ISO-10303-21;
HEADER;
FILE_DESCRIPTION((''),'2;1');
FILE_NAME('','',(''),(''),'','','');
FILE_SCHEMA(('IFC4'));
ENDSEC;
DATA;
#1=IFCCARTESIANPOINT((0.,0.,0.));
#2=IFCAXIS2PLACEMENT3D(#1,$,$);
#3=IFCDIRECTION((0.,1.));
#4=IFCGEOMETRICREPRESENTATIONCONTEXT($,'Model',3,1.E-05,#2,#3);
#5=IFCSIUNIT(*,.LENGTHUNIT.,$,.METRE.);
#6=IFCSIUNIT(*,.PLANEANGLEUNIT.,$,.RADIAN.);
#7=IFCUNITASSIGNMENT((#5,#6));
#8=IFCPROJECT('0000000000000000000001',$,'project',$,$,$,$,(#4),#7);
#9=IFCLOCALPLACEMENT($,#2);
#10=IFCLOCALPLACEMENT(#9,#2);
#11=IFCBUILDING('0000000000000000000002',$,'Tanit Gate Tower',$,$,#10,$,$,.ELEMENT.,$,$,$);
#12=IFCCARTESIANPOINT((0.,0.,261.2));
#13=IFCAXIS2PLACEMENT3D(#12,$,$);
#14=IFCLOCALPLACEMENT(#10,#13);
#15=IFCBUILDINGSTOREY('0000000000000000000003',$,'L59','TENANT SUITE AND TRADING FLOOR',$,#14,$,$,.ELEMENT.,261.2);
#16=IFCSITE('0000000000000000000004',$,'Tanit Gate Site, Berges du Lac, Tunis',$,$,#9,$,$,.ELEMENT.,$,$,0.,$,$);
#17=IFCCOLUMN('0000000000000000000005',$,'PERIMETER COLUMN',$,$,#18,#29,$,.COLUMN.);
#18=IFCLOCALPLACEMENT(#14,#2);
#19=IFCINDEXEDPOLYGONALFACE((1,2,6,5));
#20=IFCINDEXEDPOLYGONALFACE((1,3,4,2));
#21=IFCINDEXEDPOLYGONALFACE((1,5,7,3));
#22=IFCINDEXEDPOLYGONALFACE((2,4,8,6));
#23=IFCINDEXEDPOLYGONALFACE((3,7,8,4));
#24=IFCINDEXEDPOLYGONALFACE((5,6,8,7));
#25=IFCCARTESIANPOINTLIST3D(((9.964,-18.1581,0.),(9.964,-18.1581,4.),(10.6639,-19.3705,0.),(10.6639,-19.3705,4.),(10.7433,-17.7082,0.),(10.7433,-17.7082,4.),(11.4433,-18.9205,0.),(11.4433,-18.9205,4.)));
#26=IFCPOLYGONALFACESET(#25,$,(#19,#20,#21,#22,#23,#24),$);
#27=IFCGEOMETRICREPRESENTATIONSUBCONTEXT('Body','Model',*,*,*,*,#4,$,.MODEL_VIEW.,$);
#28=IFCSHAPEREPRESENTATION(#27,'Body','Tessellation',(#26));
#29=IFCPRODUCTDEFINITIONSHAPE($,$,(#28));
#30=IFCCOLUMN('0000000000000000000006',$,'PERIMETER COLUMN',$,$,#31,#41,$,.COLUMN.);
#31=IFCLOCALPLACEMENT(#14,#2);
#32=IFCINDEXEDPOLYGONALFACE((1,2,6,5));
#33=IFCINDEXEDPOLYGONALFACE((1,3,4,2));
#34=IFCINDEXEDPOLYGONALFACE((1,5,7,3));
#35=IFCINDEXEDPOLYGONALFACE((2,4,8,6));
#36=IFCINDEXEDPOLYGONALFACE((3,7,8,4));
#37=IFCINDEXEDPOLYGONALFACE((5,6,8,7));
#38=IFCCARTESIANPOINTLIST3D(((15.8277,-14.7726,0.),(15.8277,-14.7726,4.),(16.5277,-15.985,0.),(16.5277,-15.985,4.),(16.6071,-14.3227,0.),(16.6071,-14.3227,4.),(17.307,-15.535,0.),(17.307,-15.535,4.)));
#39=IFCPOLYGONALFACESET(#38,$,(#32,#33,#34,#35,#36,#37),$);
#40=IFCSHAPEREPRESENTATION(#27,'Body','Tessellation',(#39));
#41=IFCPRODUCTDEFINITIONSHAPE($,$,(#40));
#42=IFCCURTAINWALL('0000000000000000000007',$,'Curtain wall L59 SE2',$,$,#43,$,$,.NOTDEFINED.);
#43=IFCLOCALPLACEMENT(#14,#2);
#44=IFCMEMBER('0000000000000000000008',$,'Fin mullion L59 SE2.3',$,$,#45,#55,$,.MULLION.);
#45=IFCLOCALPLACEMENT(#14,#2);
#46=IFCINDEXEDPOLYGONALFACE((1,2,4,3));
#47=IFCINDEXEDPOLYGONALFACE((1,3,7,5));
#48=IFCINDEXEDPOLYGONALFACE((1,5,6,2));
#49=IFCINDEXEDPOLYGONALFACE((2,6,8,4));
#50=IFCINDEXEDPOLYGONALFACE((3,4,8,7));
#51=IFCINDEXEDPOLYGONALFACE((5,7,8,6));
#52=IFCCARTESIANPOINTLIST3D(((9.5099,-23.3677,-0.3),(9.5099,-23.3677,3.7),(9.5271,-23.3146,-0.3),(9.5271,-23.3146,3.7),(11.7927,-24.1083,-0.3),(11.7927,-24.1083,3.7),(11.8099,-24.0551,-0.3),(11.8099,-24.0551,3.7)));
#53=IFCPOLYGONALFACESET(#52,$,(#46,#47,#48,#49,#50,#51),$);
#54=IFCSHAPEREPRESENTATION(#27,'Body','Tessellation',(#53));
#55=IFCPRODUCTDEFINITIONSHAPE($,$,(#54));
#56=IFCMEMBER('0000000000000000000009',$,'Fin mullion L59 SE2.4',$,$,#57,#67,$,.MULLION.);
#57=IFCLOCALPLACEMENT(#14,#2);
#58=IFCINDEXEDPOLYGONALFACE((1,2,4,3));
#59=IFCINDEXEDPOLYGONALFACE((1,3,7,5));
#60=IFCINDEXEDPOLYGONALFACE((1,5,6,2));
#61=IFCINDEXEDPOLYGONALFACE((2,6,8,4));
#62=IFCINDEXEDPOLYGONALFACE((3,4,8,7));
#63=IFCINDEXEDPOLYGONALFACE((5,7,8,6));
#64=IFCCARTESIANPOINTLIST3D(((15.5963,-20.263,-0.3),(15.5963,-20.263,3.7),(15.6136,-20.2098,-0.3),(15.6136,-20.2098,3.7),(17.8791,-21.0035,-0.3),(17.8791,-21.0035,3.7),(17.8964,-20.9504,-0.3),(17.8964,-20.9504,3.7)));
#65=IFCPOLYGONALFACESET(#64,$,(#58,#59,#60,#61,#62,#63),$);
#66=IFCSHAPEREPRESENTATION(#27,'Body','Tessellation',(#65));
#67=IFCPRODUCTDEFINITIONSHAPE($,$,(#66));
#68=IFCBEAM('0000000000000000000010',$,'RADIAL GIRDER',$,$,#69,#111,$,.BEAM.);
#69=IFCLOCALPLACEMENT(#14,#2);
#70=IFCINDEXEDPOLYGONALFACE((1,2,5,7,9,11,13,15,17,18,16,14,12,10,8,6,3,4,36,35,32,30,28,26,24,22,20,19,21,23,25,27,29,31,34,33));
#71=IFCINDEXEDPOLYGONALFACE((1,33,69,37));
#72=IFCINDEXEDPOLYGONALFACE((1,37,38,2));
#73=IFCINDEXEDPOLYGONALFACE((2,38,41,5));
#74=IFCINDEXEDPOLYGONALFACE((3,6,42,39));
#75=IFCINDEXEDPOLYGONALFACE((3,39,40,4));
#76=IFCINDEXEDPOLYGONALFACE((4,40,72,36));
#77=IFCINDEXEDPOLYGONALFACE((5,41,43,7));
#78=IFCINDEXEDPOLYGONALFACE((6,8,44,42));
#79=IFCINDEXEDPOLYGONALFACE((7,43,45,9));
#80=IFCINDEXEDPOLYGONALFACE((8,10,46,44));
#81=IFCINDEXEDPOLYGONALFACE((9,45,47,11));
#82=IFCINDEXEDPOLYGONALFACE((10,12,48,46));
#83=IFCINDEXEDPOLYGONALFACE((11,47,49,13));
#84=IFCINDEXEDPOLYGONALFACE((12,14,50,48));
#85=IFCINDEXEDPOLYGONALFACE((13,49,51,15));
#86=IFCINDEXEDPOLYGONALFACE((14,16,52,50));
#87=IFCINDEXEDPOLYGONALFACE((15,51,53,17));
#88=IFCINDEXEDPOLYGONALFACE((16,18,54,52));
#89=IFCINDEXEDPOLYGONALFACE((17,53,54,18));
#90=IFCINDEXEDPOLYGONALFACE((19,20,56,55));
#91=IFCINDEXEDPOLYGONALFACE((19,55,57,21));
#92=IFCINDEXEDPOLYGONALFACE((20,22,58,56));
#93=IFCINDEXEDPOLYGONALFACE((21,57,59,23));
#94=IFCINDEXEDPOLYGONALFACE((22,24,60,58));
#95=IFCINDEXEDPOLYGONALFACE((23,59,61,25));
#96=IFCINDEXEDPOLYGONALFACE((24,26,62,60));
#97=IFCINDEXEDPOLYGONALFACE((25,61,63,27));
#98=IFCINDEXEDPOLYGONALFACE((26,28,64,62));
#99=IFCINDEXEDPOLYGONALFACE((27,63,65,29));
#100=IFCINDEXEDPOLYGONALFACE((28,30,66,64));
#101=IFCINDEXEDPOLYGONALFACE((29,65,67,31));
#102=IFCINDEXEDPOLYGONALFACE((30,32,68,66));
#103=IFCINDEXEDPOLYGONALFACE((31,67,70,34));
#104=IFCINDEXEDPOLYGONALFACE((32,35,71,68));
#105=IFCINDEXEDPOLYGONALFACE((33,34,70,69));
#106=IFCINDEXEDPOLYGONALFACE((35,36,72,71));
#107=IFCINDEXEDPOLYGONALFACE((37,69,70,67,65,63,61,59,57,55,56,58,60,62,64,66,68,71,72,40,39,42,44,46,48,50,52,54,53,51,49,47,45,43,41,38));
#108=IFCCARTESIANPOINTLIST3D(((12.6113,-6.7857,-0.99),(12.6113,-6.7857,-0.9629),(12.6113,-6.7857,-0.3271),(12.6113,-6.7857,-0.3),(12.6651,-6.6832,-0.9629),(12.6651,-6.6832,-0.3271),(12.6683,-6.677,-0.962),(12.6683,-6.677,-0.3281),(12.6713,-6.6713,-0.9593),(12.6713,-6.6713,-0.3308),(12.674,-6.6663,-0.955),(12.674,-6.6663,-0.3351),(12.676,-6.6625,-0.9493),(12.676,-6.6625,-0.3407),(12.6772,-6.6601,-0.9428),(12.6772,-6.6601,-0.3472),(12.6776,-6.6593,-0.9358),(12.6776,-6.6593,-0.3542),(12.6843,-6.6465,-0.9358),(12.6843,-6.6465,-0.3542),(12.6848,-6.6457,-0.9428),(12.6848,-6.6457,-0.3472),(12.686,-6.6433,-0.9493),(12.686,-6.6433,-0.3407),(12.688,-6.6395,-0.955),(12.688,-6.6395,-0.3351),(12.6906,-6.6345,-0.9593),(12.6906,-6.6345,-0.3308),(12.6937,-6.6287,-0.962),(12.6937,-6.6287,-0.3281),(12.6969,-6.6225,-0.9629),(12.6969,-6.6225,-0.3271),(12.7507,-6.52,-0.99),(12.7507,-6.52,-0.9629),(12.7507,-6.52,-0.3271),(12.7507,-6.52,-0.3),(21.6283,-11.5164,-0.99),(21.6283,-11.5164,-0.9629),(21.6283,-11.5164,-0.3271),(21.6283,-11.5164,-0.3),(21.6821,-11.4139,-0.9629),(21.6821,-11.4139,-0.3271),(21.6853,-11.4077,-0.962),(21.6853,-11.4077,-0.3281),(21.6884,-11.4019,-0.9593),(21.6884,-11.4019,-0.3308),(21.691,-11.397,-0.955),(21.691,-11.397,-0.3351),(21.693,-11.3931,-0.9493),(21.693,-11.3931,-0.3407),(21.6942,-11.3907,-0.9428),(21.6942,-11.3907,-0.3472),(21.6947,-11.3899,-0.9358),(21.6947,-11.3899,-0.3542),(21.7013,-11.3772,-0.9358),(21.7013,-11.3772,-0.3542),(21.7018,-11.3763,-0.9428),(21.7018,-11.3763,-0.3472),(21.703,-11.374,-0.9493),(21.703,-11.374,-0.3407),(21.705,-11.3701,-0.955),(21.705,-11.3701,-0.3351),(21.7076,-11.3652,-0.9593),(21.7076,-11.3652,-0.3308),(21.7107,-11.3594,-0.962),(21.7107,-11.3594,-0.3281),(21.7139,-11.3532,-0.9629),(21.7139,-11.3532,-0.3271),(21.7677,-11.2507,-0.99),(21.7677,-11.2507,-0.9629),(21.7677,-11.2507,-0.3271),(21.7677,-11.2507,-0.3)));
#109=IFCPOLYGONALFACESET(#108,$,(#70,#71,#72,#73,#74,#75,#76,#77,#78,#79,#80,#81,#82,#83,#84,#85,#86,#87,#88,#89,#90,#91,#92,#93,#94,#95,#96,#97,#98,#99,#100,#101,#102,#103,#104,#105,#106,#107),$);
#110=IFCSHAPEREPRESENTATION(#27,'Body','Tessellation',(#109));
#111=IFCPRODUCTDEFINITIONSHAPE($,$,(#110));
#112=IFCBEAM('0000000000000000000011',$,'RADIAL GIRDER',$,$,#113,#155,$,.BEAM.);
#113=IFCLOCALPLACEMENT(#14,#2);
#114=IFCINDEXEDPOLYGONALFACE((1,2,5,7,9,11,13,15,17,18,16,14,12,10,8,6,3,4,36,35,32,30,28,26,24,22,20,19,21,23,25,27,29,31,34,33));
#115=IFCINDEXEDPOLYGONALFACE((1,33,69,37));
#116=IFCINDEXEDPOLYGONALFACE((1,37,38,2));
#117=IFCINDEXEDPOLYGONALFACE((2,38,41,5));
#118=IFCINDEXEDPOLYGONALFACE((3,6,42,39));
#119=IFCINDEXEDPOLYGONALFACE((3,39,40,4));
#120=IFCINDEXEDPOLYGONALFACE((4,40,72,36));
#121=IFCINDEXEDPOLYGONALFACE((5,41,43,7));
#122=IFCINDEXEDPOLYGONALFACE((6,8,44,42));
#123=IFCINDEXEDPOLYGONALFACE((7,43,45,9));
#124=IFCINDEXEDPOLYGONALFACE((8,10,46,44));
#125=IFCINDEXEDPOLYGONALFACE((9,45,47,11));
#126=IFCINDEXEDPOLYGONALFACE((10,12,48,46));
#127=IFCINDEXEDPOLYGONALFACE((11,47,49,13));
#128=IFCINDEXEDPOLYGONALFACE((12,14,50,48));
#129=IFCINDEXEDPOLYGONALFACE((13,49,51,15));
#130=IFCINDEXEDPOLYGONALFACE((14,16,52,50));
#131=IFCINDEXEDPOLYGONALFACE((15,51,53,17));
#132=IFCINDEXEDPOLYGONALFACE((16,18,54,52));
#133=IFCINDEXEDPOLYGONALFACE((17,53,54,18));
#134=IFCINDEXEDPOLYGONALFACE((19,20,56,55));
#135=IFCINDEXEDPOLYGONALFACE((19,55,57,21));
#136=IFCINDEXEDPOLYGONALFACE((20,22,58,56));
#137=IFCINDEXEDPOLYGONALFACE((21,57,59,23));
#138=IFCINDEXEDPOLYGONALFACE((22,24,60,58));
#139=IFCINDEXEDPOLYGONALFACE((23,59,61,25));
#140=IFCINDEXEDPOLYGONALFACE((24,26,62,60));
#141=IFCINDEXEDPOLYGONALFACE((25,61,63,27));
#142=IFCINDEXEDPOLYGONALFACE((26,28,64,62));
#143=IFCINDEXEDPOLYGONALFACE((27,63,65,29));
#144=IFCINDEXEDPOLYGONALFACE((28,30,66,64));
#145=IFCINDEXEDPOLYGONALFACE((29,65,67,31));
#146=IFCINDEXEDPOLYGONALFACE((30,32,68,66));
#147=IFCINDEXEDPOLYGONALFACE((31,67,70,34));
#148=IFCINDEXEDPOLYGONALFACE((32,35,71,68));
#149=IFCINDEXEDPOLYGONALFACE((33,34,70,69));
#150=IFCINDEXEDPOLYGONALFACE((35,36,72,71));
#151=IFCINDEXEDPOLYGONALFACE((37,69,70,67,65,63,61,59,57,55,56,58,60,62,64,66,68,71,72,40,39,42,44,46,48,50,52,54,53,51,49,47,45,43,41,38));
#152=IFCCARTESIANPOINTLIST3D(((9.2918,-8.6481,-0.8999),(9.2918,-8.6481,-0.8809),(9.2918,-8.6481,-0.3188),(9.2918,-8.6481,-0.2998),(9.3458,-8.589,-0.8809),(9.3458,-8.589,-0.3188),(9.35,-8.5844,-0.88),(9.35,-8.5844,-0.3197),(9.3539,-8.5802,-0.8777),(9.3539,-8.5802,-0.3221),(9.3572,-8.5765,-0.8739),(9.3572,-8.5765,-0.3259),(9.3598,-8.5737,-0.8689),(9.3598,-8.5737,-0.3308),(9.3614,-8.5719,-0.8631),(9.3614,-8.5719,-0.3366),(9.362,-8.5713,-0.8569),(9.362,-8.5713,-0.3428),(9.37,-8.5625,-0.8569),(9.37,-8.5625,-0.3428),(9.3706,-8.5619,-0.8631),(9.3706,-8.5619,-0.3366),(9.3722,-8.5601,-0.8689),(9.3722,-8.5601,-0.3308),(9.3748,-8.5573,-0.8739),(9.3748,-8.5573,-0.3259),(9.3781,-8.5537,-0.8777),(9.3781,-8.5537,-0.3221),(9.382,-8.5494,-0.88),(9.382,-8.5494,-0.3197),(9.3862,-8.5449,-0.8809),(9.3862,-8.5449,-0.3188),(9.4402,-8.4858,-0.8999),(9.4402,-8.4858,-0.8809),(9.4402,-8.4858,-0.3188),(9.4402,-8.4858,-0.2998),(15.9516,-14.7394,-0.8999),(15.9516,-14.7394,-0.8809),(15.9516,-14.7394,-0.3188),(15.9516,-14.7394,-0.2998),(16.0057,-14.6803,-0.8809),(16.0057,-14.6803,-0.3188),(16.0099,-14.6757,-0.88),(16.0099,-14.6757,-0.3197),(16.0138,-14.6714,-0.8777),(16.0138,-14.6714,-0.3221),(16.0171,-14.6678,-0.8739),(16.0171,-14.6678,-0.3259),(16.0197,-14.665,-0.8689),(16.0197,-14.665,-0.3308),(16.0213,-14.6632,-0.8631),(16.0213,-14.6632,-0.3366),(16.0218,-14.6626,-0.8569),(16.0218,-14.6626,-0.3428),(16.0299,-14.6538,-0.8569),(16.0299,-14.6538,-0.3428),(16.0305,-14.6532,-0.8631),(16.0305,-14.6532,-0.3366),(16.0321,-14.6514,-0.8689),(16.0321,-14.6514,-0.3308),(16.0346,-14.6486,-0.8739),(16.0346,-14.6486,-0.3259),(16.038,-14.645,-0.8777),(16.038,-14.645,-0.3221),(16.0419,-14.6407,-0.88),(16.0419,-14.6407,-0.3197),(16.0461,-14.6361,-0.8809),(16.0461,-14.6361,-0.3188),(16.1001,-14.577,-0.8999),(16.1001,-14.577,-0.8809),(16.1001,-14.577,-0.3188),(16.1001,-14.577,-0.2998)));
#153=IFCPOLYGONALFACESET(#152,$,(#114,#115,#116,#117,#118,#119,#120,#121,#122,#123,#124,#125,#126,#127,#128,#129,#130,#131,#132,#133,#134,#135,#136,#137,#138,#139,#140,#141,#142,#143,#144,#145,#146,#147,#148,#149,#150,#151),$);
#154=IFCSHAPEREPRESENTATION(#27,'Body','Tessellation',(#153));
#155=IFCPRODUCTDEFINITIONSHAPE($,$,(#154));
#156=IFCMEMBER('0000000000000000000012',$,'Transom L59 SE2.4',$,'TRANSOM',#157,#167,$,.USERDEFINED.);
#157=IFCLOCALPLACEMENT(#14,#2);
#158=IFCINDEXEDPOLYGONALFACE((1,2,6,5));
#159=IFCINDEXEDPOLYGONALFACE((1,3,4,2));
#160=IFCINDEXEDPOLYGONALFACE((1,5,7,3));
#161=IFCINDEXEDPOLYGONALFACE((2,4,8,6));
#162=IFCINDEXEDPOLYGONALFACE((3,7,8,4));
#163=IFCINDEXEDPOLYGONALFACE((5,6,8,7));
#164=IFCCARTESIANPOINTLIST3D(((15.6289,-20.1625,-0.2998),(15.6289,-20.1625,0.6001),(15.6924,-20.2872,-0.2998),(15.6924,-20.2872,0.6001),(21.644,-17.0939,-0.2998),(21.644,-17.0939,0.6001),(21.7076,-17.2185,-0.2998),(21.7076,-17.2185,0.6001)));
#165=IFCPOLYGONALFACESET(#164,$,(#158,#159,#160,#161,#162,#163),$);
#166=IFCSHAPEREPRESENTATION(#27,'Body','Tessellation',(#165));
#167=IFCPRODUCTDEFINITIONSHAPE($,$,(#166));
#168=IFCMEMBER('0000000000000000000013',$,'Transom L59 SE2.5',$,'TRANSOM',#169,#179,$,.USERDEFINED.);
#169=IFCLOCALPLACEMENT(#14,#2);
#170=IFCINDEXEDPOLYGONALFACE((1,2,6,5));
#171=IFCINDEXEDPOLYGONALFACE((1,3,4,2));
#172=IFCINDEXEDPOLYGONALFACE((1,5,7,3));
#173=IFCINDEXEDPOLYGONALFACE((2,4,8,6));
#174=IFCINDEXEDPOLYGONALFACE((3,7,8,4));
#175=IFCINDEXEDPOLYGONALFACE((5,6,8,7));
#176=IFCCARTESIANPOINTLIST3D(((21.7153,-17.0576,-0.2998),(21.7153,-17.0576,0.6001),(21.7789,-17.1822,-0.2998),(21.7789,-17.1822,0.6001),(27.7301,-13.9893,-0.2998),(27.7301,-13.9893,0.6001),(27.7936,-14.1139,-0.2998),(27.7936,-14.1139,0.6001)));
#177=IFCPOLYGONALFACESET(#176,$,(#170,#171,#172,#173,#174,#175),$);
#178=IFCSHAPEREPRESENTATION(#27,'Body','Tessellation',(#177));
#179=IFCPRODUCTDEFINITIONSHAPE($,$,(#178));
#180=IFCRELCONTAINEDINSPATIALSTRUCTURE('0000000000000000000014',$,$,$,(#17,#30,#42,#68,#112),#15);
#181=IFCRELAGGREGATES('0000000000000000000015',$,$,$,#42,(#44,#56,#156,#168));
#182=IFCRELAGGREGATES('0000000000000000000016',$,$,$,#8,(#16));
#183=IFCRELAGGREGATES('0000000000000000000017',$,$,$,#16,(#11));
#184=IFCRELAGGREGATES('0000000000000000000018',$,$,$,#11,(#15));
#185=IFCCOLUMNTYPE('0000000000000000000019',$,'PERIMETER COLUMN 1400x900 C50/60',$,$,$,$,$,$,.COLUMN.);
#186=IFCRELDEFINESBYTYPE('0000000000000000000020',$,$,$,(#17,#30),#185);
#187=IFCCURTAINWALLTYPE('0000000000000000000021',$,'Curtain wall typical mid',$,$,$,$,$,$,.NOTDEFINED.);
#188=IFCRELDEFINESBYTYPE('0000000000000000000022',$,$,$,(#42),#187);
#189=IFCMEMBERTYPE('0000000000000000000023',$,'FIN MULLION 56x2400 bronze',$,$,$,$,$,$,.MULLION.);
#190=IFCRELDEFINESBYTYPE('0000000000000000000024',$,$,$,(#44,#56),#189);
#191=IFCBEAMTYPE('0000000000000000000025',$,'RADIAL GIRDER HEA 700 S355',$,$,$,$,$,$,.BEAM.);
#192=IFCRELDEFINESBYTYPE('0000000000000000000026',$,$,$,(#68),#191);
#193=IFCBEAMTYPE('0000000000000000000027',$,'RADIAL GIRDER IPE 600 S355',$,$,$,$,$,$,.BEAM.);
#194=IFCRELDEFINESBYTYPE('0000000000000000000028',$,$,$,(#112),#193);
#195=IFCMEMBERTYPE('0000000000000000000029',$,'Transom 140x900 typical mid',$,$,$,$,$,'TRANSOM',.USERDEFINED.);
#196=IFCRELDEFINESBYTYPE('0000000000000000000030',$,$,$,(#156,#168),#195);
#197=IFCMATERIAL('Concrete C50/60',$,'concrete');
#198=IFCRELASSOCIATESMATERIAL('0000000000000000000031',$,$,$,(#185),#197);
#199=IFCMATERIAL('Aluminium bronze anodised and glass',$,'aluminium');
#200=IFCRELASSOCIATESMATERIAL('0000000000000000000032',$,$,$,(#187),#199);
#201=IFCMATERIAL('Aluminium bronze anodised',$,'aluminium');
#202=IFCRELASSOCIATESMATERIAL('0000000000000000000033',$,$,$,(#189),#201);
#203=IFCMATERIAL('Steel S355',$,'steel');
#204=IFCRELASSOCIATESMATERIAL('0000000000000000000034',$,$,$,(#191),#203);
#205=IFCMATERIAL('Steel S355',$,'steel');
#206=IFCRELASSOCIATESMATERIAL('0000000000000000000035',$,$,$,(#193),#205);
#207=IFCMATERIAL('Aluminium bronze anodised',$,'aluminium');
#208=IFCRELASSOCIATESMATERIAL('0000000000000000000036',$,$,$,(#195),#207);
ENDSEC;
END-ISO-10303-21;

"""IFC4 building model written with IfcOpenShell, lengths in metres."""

from ifc_helpers import new_model, si_unit, direction, frame, origin, origin_2d, place, context, subcontext, project, spatial, rectangle, i_section, extrude, material, material_profile, profile_set, type_object, element, aggregate, save


model = new_model("IFC4")

# Units and contexts
model_context = context("Model", 3, precision=1e-05, world=origin(), true_north=direction((0.0, 1.0)))
body_context = subcontext(model_context, "Body", "Model", "MODEL_VIEW")
ifc_project = project(units=[si_unit("LENGTHUNIT", "METRE"), si_unit("PLANEANGLEUNIT", "RADIAN")], contexts=[model_context])

# Site, building, storey
site_placement = place(None, origin())
site = spatial("IfcSite", under=ifc_project, at=site_placement, Name="Tanit Gate Site, Berges du Lac, Tunis", CompositionType="ELEMENT", RefElevation=0.0)
building_placement = place(site_placement, origin())
building = spatial("IfcBuilding", under=site, at=building_placement, Name="Tanit Gate Tower", CompositionType="ELEMENT")
storey_placement = place(building_placement, frame((0.0, 0.0, 261.2)))
storey = spatial("IfcBuildingStorey", under=building, at=storey_placement, Name="L59", Description="TENANT SUITE AND TRADING FLOOR", CompositionType="ELEMENT", Elevation=261.2)

# Columns
ifc_material_1 = material(Name="Concrete C50/60", Category="concrete")
ifc_material_profile_1 = material_profile(ifc_material_1, rectangle(XDim=1.3999, YDim=0.8999, at=origin_2d()), Name="RC 1400x900")
ifc_profile_set_1 = profile_set([ifc_material_profile_1], Name="Concrete C50/60")
column_type = type_object("IfcColumnType", Name="PERIMETER COLUMN 1400x900 C50/60", PredefinedType="COLUMN", material=ifc_profile_set_1)
for number, where, z_axis, x_axis, name in (
    (1, (10.7036, -18.5393, 0.0), (0.0, 0.0, 1.0), (0.5, -0.866025, 0.0), "PERIMETER COLUMN"),
    (2, (16.5674, -15.1538, 0.0), (0.0, 0.0, 1.0), (0.5, -0.866025, 0.0), "PERIMETER COLUMN"),
):
    element("IfcColumn", number, at=place(storey_placement, frame(where, z_axis=z_axis, x_axis=x_axis)), inside=storey, type_object=column_type, Name=name, PredefinedType="COLUMN", context=body_context, shape_type="SweptSolid", body=[
        extrude(rectangle(XDim=1.3999, YDim=0.8999, at=origin_2d()), origin(), (0.0, 0.0, 1.0), 4.0),
    ])

# Curtain wall, members
ifc_material_2 = material(Name="Aluminium bronze anodised and glass", Category="aluminium")
curtain_wall_type = type_object("IfcCurtainWallType", Name="Curtain wall typical mid", PredefinedType="NOTDEFINED", material=ifc_material_2)
curtain_wall_placement = place(storey_placement, origin())
curtain_wall = element("IfcCurtainWall", 3, at=curtain_wall_placement, inside=storey, type_object=curtain_wall_type, Name="Curtain wall L59 SE2", PredefinedType="NOTDEFINED")
ifc_material_3 = material(Name="Aluminium bronze anodised", Category="aluminium")
ifc_material_profile_2 = material_profile(ifc_material_3, rectangle(XDim=2.3999, YDim=0.0559, at=origin_2d()), Name="56x2400 bronze fin mullion")
ifc_profile_set_2 = profile_set([ifc_material_profile_2], Name="Aluminium bronze anodised")
member_type_1 = type_object("IfcMemberType", Name="FIN MULLION 56x2400 bronze", PredefinedType="MULLION", material=ifc_profile_set_2)
member_1_placement = place(storey_placement, frame((10.6599, -23.7114, -0.3), z_axis=(0.0, 0.0, 1.0), x_axis=(-0.951202, 0.308568, 0.0)))
member_1 = element("IfcMember", 4, at=member_1_placement, type_object=member_type_1, Name="Fin mullion L59 SE2.3", PredefinedType="MULLION", context=body_context, shape_type="SweptSolid", body=[
    extrude(rectangle(XDim=2.3999, YDim=0.0559, at=origin_2d()), origin(), (0.0, 0.0, 1.0), 4.0),
])
member_2_placement = place(storey_placement, frame((16.7463, -20.6067, -0.3), z_axis=(0.0, 0.0, 1.0), x_axis=(-0.951202, 0.308568, 0.0)))
member_2 = element("IfcMember", 5, at=member_2_placement, type_object=member_type_1, Name="Fin mullion L59 SE2.4", PredefinedType="MULLION", context=body_context, shape_type="SweptSolid", body=[
    extrude(rectangle(XDim=2.3999, YDim=0.0559, at=origin_2d()), origin(), (0.0, 0.0, 1.0), 4.0),
])

# Beams
ifc_material_4 = material(Name="Steel S355", Category="steel")
ifc_material_profile_3 = material_profile(ifc_material_4, i_section(OverallWidth=0.3, OverallDepth=0.6899, WebThickness=0.0144, FlangeThickness=0.0271, FilletRadius=0.0271, at=origin_2d()), Name="HEA 700")
ifc_profile_set_3 = profile_set([ifc_material_profile_3], Name="Steel S355")
beam_type_1 = type_object("IfcBeamType", Name="RADIAL GIRDER HEA 700 S355", PredefinedType="BEAM", material=ifc_profile_set_3)
beam_1_placement = place(storey_placement, frame((21.698, -11.3835, -0.645), z_axis=(-0.88553, 0.464583, 0.0), x_axis=(-0.464583, -0.88553, 0.0)))
element("IfcBeam", 6, at=beam_1_placement, inside=storey, type_object=beam_type_1, Name="RADIAL GIRDER", PredefinedType="BEAM", context=body_context, shape_type="SweptSolid", body=[
    extrude(i_section(OverallWidth=0.3, OverallDepth=0.6899, WebThickness=0.0144, FlangeThickness=0.0271, FilletRadius=0.0271, at=origin_2d()), origin(), (0.0, 0.0, 1.0), 10.1826),
])
ifc_material_5 = material(Name="Steel S355", Category="steel")
ifc_material_profile_4 = material_profile(ifc_material_5, i_section(OverallWidth=0.22, OverallDepth=0.6001, WebThickness=0.012, FlangeThickness=0.019, FilletRadius=0.0239, at=origin_2d()), Name="IPE 600")
ifc_profile_set_4 = profile_set([ifc_material_profile_4], Name="Steel S355")
beam_type_2 = type_object("IfcBeamType", Name="RADIAL GIRDER IPE 600 S355", PredefinedType="BEAM", material=ifc_profile_set_4)
beam_2_placement = place(storey_placement, frame((16.0259, -14.6582, -0.5999), z_axis=(-0.737905, 0.674905, 0.0), x_axis=(-0.674905, -0.737905, 0.0)))
element("IfcBeam", 7, at=beam_2_placement, inside=storey, type_object=beam_type_2, Name="RADIAL GIRDER", PredefinedType="BEAM", context=body_context, shape_type="SweptSolid", body=[
    extrude(i_section(OverallWidth=0.22, OverallDepth=0.6001, WebThickness=0.012, FlangeThickness=0.019, FilletRadius=0.0239, at=origin_2d()), origin(), (0.0, 0.0, 1.0), 9.0254),
])

# Members
ifc_material_6 = material(Name="Aluminium bronze anodised", Category="aluminium")
ifc_material_profile_5 = material_profile(ifc_material_6, rectangle(XDim=0.1399, YDim=0.8999, at=origin_2d()), Name="140x900 bronze transom")
ifc_profile_set_5 = profile_set([ifc_material_profile_5], Name="Aluminium bronze anodised")
member_type_2 = type_object("IfcMemberType", Name="Transom 140x900 typical mid", ElementType="TRANSOM", PredefinedType="USERDEFINED", material=ifc_profile_set_5)
member_3_placement = place(storey_placement, frame((15.6606, -20.2249, 0.1501), z_axis=(0.890782, 0.45443, 0.0), x_axis=(-0.45443, 0.890782, 0.0)))
member_3 = element("IfcMember", 8, at=member_3_placement, type_object=member_type_2, Name="Transom L59 SE2.4", ObjectType="TRANSOM", PredefinedType="USERDEFINED", context=body_context, shape_type="SweptSolid", body=[
    extrude(rectangle(XDim=0.1399, YDim=0.8999, at=origin_2d()), origin(), (0.0, 0.0, 1.0), 6.7527),
])
member_4_placement = place(storey_placement, frame((21.7471, -17.1199, 0.1501), z_axis=(0.89079, 0.454416, 0.0), x_axis=(-0.454416, 0.89079, 0.0)))
member_4 = element("IfcMember", 9, at=member_4_placement, type_object=member_type_2, Name="Transom L59 SE2.5", ObjectType="TRANSOM", PredefinedType="USERDEFINED", context=body_context, shape_type="SweptSolid", body=[
    extrude(rectangle(XDim=0.1399, YDim=0.8999, at=origin_2d()), origin(), (0.0, 0.0, 1.0), 6.7522),
])

aggregate(curtain_wall, [member_1, member_2, member_3, member_4])

save(model, "model.ifc")
